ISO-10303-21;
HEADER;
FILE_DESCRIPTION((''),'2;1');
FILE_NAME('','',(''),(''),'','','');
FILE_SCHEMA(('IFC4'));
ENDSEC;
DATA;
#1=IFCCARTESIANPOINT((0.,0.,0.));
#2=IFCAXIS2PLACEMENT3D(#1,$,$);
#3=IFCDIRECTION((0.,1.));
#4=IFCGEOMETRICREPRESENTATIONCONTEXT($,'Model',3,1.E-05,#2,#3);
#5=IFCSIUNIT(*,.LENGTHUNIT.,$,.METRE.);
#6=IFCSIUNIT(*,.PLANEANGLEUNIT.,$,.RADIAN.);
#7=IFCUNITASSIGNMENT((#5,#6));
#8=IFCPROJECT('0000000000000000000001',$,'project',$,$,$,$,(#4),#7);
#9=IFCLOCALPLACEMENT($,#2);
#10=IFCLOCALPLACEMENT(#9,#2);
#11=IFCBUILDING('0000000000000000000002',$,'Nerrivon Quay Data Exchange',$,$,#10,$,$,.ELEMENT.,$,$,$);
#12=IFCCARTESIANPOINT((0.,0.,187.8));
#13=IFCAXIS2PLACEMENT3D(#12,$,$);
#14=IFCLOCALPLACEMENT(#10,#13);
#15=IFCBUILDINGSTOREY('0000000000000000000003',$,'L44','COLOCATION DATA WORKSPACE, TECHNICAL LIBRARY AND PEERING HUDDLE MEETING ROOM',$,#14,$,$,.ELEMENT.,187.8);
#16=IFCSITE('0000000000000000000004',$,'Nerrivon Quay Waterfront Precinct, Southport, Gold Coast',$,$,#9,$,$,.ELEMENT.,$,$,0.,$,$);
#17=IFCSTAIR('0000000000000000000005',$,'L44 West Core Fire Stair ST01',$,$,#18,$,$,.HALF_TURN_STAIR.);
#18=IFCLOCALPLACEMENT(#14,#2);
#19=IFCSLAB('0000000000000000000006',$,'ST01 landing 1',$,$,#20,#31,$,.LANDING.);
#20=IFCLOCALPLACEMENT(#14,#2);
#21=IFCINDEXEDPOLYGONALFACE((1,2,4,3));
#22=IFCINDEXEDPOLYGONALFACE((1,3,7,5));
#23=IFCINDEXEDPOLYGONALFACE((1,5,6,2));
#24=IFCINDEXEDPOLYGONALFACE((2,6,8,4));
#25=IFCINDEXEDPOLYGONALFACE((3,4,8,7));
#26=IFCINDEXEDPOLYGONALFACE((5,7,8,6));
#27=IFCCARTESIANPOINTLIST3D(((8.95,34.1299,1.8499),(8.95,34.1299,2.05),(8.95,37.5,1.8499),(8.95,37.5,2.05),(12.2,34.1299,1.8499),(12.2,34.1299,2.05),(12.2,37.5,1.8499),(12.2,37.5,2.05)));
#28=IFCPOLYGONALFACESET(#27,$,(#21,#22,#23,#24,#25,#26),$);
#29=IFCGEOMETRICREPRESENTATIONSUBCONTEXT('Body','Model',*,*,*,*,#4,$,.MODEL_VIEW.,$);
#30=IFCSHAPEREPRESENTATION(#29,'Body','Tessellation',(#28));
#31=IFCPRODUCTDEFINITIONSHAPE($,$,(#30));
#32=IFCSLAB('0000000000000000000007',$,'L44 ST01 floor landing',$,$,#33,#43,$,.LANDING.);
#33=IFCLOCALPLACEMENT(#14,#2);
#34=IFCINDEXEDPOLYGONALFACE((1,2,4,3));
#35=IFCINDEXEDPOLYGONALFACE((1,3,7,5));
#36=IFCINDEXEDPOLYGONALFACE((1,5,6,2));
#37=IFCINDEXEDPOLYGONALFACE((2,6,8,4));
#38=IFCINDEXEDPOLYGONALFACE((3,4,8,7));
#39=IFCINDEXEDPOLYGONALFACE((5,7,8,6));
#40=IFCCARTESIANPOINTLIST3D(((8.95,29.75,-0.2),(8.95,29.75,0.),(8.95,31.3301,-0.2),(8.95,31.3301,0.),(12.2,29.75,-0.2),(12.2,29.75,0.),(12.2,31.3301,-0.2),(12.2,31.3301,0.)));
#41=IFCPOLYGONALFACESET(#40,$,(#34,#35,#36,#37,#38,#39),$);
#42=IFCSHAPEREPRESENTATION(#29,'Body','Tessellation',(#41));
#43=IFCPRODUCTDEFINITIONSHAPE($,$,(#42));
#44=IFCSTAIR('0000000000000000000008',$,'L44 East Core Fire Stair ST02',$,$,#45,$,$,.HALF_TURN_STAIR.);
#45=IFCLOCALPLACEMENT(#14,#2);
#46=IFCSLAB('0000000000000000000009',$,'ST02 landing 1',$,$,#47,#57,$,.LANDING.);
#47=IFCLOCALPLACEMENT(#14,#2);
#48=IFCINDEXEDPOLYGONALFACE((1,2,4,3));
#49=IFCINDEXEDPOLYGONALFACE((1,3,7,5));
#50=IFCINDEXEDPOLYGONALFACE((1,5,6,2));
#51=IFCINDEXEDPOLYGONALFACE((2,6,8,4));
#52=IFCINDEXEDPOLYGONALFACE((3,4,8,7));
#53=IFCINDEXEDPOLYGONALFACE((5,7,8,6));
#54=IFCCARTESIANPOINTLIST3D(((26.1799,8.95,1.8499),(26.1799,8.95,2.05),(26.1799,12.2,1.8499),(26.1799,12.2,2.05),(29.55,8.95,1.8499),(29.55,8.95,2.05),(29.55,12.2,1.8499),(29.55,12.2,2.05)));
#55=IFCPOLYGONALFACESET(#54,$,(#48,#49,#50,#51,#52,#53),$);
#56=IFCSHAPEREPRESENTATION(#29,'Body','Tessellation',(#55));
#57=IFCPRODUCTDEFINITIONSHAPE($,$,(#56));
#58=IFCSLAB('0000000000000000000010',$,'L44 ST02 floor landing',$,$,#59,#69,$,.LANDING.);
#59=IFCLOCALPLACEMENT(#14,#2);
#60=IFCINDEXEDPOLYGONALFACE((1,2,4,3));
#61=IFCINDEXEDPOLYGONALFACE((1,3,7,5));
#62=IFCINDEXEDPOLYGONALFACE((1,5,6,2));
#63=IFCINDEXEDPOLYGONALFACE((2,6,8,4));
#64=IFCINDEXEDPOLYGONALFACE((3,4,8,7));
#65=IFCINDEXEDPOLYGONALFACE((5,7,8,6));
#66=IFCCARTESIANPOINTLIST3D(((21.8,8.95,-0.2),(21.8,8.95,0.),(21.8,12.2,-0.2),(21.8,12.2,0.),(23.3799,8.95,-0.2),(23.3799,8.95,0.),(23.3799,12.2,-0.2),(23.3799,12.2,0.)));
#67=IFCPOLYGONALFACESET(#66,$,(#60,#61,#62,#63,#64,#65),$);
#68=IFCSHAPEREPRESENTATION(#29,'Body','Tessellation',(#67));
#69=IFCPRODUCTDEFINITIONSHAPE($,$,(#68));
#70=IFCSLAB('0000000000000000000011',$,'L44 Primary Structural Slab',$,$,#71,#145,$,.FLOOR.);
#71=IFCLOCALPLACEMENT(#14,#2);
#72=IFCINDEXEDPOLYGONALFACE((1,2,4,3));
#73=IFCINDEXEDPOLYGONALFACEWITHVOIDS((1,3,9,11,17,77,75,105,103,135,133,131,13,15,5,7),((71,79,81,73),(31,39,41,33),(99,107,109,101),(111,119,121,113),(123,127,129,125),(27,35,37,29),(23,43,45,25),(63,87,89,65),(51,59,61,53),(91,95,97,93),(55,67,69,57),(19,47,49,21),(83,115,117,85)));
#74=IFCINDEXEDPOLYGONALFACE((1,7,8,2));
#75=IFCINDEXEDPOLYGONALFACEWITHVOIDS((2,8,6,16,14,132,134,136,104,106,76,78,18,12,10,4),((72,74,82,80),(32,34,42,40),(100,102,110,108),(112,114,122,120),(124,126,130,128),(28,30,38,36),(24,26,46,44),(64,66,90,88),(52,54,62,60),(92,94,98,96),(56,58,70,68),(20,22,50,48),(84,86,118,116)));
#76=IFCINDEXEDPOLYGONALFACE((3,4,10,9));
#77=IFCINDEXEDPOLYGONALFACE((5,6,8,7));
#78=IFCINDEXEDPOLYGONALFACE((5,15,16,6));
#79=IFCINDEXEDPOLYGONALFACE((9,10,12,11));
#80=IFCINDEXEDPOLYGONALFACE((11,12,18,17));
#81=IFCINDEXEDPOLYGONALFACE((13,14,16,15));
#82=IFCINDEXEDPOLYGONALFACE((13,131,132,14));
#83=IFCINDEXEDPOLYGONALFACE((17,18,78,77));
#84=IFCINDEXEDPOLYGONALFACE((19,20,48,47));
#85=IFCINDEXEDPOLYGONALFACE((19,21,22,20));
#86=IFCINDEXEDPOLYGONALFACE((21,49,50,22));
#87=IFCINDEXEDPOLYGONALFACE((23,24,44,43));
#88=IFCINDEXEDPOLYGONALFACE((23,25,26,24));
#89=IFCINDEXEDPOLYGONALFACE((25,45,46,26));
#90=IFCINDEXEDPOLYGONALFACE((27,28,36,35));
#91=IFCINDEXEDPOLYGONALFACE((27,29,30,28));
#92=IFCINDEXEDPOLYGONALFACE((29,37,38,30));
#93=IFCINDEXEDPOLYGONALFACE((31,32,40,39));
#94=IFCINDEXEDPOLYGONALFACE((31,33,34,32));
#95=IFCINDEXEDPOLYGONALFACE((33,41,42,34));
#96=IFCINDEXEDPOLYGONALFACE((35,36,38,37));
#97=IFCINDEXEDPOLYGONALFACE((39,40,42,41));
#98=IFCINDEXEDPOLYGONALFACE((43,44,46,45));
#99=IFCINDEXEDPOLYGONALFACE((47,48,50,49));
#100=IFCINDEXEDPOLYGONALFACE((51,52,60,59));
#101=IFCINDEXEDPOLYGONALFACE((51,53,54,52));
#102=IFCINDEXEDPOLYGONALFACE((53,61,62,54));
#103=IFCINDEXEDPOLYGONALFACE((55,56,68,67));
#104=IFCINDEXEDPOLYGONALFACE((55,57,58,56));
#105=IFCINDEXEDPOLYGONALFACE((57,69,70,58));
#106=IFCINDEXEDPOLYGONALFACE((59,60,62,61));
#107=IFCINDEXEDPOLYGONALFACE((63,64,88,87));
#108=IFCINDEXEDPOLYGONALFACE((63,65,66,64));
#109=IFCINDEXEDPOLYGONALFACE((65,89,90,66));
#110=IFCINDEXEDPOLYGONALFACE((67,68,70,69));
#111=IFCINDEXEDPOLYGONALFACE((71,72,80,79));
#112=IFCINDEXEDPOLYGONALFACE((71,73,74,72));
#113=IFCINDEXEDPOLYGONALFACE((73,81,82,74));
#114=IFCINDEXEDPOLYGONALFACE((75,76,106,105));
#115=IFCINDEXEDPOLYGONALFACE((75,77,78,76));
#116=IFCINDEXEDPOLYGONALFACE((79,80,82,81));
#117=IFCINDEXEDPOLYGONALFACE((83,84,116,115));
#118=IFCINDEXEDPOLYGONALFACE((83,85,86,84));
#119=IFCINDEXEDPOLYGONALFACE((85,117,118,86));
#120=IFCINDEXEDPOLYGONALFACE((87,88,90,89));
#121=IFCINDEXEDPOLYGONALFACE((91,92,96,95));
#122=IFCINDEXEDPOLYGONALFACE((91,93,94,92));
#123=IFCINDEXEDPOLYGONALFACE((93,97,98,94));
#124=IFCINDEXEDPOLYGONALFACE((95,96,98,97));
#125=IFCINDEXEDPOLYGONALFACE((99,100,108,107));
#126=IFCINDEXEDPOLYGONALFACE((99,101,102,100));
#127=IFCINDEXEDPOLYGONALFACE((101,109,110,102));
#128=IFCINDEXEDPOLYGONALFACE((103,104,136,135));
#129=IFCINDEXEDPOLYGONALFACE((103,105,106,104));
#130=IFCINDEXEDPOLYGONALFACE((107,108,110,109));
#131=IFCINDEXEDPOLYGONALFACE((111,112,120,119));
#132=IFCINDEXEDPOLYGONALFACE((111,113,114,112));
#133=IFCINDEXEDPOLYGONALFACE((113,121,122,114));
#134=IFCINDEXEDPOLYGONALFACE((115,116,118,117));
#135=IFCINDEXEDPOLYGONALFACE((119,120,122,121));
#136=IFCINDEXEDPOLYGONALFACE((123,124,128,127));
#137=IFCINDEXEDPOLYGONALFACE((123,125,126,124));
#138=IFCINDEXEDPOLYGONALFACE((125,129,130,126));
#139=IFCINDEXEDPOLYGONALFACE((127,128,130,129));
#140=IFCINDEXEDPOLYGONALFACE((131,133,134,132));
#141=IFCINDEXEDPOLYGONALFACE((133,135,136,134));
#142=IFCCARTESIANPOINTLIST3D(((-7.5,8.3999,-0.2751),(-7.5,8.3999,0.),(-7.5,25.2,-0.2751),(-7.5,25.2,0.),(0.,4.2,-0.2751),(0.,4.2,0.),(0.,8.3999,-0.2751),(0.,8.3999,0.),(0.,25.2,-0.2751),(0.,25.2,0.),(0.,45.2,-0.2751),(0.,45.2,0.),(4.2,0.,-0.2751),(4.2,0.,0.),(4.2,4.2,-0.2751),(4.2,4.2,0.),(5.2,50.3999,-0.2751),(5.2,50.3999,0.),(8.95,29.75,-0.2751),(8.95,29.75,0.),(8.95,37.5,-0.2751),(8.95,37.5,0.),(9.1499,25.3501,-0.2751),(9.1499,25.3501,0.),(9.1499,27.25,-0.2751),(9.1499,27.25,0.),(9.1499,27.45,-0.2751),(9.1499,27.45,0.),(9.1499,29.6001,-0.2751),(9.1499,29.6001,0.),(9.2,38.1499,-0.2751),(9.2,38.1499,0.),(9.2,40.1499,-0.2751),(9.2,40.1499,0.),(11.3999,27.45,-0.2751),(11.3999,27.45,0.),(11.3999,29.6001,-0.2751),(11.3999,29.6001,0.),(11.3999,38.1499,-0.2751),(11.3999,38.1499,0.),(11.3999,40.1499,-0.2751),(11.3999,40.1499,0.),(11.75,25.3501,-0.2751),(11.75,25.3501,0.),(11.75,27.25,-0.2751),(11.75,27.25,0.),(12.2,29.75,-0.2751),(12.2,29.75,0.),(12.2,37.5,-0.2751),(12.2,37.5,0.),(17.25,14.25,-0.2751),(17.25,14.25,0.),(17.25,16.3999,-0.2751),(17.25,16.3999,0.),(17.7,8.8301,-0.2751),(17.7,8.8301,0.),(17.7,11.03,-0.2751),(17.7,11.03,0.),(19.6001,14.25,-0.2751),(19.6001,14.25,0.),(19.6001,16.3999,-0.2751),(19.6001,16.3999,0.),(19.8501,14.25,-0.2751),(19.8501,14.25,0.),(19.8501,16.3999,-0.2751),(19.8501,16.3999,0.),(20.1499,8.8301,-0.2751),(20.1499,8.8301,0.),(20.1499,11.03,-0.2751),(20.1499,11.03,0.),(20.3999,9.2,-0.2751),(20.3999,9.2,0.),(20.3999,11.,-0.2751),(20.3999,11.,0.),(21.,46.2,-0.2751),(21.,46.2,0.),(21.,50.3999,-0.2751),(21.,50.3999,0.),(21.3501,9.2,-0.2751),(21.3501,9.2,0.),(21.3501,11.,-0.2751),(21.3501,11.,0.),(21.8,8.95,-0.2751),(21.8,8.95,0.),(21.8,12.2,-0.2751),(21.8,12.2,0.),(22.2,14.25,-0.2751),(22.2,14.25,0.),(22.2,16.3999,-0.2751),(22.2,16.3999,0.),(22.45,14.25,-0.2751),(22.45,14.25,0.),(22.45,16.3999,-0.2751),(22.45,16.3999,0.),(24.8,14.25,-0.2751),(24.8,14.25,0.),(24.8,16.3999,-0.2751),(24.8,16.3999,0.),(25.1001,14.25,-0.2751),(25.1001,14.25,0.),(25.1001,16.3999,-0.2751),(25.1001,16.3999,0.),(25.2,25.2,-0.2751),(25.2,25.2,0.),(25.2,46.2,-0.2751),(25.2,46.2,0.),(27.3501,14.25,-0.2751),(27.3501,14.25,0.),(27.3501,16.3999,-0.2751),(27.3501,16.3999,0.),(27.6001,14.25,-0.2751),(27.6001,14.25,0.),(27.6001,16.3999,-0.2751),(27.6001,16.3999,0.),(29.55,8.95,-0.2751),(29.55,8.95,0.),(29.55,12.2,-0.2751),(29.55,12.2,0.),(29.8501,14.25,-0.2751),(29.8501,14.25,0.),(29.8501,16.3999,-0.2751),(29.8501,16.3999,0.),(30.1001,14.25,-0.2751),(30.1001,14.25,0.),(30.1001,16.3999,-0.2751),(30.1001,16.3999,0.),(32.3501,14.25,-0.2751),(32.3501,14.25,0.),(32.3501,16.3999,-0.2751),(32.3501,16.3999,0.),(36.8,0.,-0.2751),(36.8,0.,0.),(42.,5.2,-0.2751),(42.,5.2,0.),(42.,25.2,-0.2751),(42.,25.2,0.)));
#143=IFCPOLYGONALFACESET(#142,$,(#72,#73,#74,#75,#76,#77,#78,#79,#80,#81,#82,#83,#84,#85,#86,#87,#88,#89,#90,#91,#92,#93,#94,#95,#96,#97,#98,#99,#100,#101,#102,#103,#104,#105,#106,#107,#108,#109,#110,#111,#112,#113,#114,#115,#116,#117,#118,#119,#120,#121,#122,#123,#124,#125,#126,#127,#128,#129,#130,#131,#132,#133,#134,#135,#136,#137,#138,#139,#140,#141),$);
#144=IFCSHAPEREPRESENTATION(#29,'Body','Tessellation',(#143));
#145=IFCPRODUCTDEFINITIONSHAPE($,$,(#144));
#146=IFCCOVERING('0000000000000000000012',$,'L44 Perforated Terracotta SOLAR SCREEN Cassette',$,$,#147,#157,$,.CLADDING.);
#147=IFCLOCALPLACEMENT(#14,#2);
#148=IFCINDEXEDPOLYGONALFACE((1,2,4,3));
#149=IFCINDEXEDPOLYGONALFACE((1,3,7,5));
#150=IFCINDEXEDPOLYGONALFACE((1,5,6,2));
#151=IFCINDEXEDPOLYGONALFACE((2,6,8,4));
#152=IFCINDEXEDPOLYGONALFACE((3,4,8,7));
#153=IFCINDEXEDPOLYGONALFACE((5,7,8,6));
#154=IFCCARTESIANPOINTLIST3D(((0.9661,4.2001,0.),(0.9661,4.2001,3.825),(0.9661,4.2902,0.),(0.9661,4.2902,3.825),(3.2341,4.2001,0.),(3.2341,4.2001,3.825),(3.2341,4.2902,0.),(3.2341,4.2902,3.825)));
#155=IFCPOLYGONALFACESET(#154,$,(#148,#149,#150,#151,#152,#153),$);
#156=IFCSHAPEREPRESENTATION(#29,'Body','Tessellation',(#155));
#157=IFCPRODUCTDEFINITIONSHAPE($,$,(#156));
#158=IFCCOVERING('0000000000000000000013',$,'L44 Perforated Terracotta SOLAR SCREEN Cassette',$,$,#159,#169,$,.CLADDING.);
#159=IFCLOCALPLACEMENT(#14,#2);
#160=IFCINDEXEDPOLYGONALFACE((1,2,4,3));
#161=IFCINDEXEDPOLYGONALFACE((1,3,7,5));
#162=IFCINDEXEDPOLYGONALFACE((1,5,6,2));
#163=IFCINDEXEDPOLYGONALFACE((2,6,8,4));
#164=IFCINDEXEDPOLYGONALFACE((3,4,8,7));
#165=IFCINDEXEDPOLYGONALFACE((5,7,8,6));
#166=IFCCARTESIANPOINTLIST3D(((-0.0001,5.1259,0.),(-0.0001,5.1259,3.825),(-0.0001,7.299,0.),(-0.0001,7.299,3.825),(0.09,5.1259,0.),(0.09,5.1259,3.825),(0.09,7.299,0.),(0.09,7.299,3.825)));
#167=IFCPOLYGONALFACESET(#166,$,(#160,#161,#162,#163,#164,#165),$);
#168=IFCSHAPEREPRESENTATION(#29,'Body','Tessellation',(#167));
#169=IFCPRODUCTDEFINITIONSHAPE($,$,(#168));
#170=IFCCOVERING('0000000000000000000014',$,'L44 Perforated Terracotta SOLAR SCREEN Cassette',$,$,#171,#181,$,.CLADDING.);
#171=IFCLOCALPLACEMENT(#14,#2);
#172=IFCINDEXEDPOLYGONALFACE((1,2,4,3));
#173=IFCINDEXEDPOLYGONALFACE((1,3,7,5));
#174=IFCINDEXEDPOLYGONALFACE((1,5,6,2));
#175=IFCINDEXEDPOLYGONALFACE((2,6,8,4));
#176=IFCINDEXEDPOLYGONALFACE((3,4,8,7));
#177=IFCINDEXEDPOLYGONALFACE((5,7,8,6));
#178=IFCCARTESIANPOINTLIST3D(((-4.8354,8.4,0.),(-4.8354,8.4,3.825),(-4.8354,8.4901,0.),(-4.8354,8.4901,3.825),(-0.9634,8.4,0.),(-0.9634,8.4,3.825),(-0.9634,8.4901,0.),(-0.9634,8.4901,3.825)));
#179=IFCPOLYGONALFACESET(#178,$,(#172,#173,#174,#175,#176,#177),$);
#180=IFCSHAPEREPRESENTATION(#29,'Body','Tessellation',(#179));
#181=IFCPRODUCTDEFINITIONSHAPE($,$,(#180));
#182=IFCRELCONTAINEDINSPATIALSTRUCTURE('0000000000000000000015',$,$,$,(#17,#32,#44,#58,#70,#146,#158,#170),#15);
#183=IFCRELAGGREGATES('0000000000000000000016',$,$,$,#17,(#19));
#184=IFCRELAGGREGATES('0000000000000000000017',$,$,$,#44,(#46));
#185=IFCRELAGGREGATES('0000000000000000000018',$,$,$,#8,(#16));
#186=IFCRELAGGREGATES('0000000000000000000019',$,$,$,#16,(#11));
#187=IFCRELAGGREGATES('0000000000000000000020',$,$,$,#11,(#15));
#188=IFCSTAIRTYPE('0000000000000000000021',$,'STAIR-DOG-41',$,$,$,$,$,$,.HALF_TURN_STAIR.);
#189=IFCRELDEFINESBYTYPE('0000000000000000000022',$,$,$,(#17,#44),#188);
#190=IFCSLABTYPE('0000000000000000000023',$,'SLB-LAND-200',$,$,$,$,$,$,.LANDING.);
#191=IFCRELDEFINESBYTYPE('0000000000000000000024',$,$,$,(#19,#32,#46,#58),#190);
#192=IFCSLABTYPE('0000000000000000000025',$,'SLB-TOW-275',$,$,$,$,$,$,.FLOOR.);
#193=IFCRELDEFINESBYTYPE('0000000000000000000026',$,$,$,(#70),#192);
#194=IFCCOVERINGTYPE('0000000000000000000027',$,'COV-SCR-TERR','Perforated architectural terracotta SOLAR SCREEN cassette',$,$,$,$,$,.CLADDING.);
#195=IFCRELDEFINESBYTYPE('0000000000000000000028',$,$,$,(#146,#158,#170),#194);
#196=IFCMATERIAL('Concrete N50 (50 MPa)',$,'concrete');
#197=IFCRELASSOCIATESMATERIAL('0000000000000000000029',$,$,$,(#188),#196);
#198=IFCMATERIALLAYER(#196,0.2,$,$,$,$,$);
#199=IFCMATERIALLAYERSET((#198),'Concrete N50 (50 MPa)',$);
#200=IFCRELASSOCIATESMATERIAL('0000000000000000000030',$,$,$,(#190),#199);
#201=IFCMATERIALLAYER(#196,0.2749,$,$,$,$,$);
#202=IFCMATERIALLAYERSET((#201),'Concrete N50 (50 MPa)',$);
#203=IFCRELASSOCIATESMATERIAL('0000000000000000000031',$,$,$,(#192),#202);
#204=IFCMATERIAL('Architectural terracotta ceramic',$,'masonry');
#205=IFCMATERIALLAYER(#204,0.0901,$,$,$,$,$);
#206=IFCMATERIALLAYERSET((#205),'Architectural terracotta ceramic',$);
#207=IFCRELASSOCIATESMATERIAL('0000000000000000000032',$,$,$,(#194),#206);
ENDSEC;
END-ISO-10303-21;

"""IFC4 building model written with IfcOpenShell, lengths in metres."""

from ifc_helpers import new_model, si_unit, direction, frame, origin, origin_2d, place, context, subcontext, project, spatial, polyline, rectangle, outline, extrude, material, layer, layer_set, type_object, element, aggregate, save


model = new_model("IFC4")

# Units and contexts
model_context = context("Model", 3, precision=1e-05, world=origin(), true_north=direction((0.0, 1.0)))
body_context = subcontext(model_context, "Body", "Model", "MODEL_VIEW")
ifc_project = project(units=[si_unit("LENGTHUNIT", "METRE"), si_unit("PLANEANGLEUNIT", "RADIAN")], contexts=[model_context])

# Site, building, storey
site_placement = place(None, origin())
site = spatial("IfcSite", under=ifc_project, at=site_placement, Name="Nerrivon Quay Waterfront Precinct, Southport, Gold Coast", CompositionType="ELEMENT", RefElevation=0.0)
building_placement = place(site_placement, origin())
building = spatial("IfcBuilding", under=site, at=building_placement, Name="Nerrivon Quay Data Exchange", CompositionType="ELEMENT")
storey_placement = place(building_placement, frame((0.0, 0.0, 187.8)))
storey = spatial("IfcBuildingStorey", under=building, at=storey_placement, Name="L44", Description="COLOCATION DATA WORKSPACE, TECHNICAL LIBRARY AND PEERING HUDDLE MEETING ROOM", CompositionType="ELEMENT", Elevation=187.8)

# Stair, slab
ifc_material_1 = material(Name="Concrete N50 (50 MPa)", Category="concrete")
stair_type = type_object("IfcStairType", Name="STAIR-DOG-41", PredefinedType="HALF_TURN_STAIR", material=ifc_material_1)
stair_1_placement = place(storey_placement, origin())
stair_1 = element("IfcStair", 1, at=stair_1_placement, inside=storey, type_object=stair_type, Name="L44 West Core Fire Stair ST01", PredefinedType="HALF_TURN_STAIR")
ifc_layer_1 = layer(ifc_material_1, 0.2)
ifc_layer_set_1 = layer_set([ifc_layer_1], Name="Concrete N50 (50 MPa)")
slab_type_1 = type_object("IfcSlabType", Name="SLB-LAND-200", PredefinedType="LANDING", material=ifc_layer_set_1)
slab_1_placement = place(storey_placement, frame((0.0, 0.0, 1.8499)))
slab_1 = element("IfcSlab", 2, at=slab_1_placement, type_object=slab_type_1, Name="ST01 landing 1", PredefinedType="LANDING", context=body_context, shape_type="SweptSolid", body=[
    extrude(outline(polyline([(12.2, 34.1299), (12.2, 37.5), (8.95, 37.5), (8.95, 34.1299), (12.2, 34.1299)])), origin(), (0.0, 0.0, 1.0), 0.2002),
])
aggregate(stair_1, [slab_1])

# Slab
slab_2_placement = place(storey_placement, frame((0.0, 0.0, -0.2)))
element("IfcSlab", 3, at=slab_2_placement, inside=storey, type_object=slab_type_1, Name="L44 ST01 floor landing", PredefinedType="LANDING", context=body_context, shape_type="SweptSolid", body=[
    extrude(outline(polyline([(12.2, 29.75), (12.2, 31.3301), (8.95, 31.3301), (8.95, 29.75), (12.2, 29.75)])), origin(), (0.0, 0.0, 1.0), 0.2),
])

# Stair, slab
stair_2_placement = place(storey_placement, origin())
stair_2 = element("IfcStair", 4, at=stair_2_placement, inside=storey, type_object=stair_type, Name="L44 East Core Fire Stair ST02", PredefinedType="HALF_TURN_STAIR")
slab_3_placement = place(storey_placement, frame((0.0, 0.0, 1.8499)))
slab_3 = element("IfcSlab", 5, at=slab_3_placement, type_object=slab_type_1, Name="ST02 landing 1", PredefinedType="LANDING", context=body_context, shape_type="SweptSolid", body=[
    extrude(outline(polyline([(26.1799, 8.95), (29.55, 8.95), (29.55, 12.2), (26.1799, 12.2), (26.1799, 8.95)])), origin(), (0.0, 0.0, 1.0), 0.2002),
])
aggregate(stair_2, [slab_3])

# Slabs
slab_4_placement = place(storey_placement, frame((0.0, 0.0, -0.2)))
element("IfcSlab", 6, at=slab_4_placement, inside=storey, type_object=slab_type_1, Name="L44 ST02 floor landing", PredefinedType="LANDING", context=body_context, shape_type="SweptSolid", body=[
    extrude(outline(polyline([(21.8, 8.95), (23.3799, 8.95), (23.3799, 12.2), (21.8, 12.2), (21.8, 8.95)])), origin(), (0.0, 0.0, 1.0), 0.2),
])
ifc_layer_2 = layer(ifc_material_1, 0.2749)
ifc_layer_set_2 = layer_set([ifc_layer_2], Name="Concrete N50 (50 MPa)")
slab_type_2 = type_object("IfcSlabType", Name="SLB-TOW-275", PredefinedType="FLOOR", material=ifc_layer_set_2)
slab_5_placement = place(storey_placement, frame((0.0, 0.0, -0.2751)))
element("IfcSlab", 7, at=slab_5_placement, inside=storey, type_object=slab_type_2, Name="L44 Primary Structural Slab", PredefinedType="FLOOR", context=body_context, shape_type="SweptSolid", body=[
    extrude(outline(polyline([(0.0, 8.3999), (0.0, 4.2), (4.2, 4.2), (4.2, 0.0), (36.8, 0.0), (42.0, 5.2), (42.0, 25.2), (25.2, 25.2), (25.2, 46.2), (21.0, 46.2), (21.0, 50.3999), (5.2, 50.3999), (0.0, 45.2), (0.0, 25.2), (-7.5, 25.2), (-7.5, 8.3999), (0.0, 8.3999)]), holes=[polyline([(8.95, 29.75), (8.95, 37.5), (12.2, 37.5), (12.2, 29.75), (8.95, 29.75)]), polyline([(21.8, 12.2), (29.55, 12.2), (29.55, 8.95), (21.8, 8.95), (21.8, 12.2)]), polyline([(30.1001, 16.3999), (32.3501, 16.3999), (32.3501, 14.25), (30.1001, 14.25), (30.1001, 16.3999)]), polyline([(27.6001, 16.3999), (29.8501, 16.3999), (29.8501, 14.25), (27.6001, 14.25), (27.6001, 16.3999)]), polyline([(25.1001, 14.25), (25.1001, 16.3999), (27.3501, 16.3999), (27.3501, 14.25), (25.1001, 14.25)]), polyline([(22.45, 16.3999), (24.8, 16.3999), (24.8, 14.25), (22.45, 14.25), (22.45, 16.3999)]), polyline([(19.8501, 16.3999), (22.2, 16.3999), (22.2, 14.25), (19.8501, 14.25), (19.8501, 16.3999)]), polyline([(20.3999, 9.2), (20.3999, 11.0), (21.3501, 11.0), (21.3501, 9.2), (20.3999, 9.2)]), polyline([(17.7, 8.8301), (17.7, 11.03), (20.1499, 11.03), (20.1499, 8.8301), (17.7, 8.8301)]), polyline([(17.25, 14.25), (17.25, 16.3999), (19.6001, 16.3999), (19.6001, 14.25), (17.25, 14.25)]), polyline([(9.1499, 27.25), (11.75, 27.25), (11.75, 25.3501), (9.1499, 25.3501), (9.1499, 27.25)]), polyline([(9.1499, 29.6001), (11.3999, 29.6001), (11.3999, 27.45), (9.1499, 27.45), (9.1499, 29.6001)]), polyline([(9.2, 38.1499), (9.2, 40.1499), (11.3999, 40.1499), (11.3999, 38.1499), (9.2, 38.1499)])]), origin(), (0.0, 0.0, 1.0), 0.2751),
])

# Coverings
ifc_material_2 = material(Name="Architectural terracotta ceramic", Category="masonry")
ifc_layer_3 = layer(ifc_material_2, 0.0901)
ifc_layer_set_3 = layer_set([ifc_layer_3], Name="Architectural terracotta ceramic")
covering_type = type_object("IfcCoveringType", Name="COV-SCR-TERR", Description="Perforated architectural terracotta SOLAR SCREEN cassette", PredefinedType="CLADDING", material=ifc_layer_set_3)
covering_1_placement = place(storey_placement, frame((2.1001, 4.2451, 0.0), z_axis=(0.0, 0.0, 1.0), x_axis=(-1.0, 0.0, 0.0)))
element("IfcCovering", 8, at=covering_1_placement, inside=storey, type_object=covering_type, Name="L44 Perforated Terracotta SOLAR SCREEN Cassette", PredefinedType="CLADDING", context=body_context, shape_type="SweptSolid", body=[
    extrude(rectangle(XDim=2.2681, YDim=0.0901, at=origin_2d()), origin(), (0.0, 0.0, 1.0), 3.825),
])
covering_2_placement = place(storey_placement, frame((0.0449, 6.2124, 0.0), z_axis=(0.0, 0.0, 1.0), x_axis=(0.0, 1.0, 0.0)))
element("IfcCovering", 9, at=covering_2_placement, inside=storey, type_object=covering_type, Name="L44 Perforated Terracotta SOLAR SCREEN Cassette", PredefinedType="CLADDING", context=body_context, shape_type="SweptSolid", body=[
    extrude(rectangle(XDim=2.1731, YDim=0.0901, at=origin_2d()), origin(), (0.0, 0.0, 1.0), 3.825),
])
covering_3_placement = place(storey_placement, frame((-2.8994, 8.4451, 0.0), z_axis=(0.0, 0.0, 1.0), x_axis=(-1.0, 0.0, 0.0)))
element("IfcCovering", 10, at=covering_3_placement, inside=storey, type_object=covering_type, Name="L44 Perforated Terracotta SOLAR SCREEN Cassette", PredefinedType="CLADDING", context=body_context, shape_type="SweptSolid", body=[
    extrude(rectangle(XDim=3.8721, YDim=0.0901, at=origin_2d()), origin(), (0.0, 0.0, 1.0), 3.825),
])

save(model, "model.ifc")
